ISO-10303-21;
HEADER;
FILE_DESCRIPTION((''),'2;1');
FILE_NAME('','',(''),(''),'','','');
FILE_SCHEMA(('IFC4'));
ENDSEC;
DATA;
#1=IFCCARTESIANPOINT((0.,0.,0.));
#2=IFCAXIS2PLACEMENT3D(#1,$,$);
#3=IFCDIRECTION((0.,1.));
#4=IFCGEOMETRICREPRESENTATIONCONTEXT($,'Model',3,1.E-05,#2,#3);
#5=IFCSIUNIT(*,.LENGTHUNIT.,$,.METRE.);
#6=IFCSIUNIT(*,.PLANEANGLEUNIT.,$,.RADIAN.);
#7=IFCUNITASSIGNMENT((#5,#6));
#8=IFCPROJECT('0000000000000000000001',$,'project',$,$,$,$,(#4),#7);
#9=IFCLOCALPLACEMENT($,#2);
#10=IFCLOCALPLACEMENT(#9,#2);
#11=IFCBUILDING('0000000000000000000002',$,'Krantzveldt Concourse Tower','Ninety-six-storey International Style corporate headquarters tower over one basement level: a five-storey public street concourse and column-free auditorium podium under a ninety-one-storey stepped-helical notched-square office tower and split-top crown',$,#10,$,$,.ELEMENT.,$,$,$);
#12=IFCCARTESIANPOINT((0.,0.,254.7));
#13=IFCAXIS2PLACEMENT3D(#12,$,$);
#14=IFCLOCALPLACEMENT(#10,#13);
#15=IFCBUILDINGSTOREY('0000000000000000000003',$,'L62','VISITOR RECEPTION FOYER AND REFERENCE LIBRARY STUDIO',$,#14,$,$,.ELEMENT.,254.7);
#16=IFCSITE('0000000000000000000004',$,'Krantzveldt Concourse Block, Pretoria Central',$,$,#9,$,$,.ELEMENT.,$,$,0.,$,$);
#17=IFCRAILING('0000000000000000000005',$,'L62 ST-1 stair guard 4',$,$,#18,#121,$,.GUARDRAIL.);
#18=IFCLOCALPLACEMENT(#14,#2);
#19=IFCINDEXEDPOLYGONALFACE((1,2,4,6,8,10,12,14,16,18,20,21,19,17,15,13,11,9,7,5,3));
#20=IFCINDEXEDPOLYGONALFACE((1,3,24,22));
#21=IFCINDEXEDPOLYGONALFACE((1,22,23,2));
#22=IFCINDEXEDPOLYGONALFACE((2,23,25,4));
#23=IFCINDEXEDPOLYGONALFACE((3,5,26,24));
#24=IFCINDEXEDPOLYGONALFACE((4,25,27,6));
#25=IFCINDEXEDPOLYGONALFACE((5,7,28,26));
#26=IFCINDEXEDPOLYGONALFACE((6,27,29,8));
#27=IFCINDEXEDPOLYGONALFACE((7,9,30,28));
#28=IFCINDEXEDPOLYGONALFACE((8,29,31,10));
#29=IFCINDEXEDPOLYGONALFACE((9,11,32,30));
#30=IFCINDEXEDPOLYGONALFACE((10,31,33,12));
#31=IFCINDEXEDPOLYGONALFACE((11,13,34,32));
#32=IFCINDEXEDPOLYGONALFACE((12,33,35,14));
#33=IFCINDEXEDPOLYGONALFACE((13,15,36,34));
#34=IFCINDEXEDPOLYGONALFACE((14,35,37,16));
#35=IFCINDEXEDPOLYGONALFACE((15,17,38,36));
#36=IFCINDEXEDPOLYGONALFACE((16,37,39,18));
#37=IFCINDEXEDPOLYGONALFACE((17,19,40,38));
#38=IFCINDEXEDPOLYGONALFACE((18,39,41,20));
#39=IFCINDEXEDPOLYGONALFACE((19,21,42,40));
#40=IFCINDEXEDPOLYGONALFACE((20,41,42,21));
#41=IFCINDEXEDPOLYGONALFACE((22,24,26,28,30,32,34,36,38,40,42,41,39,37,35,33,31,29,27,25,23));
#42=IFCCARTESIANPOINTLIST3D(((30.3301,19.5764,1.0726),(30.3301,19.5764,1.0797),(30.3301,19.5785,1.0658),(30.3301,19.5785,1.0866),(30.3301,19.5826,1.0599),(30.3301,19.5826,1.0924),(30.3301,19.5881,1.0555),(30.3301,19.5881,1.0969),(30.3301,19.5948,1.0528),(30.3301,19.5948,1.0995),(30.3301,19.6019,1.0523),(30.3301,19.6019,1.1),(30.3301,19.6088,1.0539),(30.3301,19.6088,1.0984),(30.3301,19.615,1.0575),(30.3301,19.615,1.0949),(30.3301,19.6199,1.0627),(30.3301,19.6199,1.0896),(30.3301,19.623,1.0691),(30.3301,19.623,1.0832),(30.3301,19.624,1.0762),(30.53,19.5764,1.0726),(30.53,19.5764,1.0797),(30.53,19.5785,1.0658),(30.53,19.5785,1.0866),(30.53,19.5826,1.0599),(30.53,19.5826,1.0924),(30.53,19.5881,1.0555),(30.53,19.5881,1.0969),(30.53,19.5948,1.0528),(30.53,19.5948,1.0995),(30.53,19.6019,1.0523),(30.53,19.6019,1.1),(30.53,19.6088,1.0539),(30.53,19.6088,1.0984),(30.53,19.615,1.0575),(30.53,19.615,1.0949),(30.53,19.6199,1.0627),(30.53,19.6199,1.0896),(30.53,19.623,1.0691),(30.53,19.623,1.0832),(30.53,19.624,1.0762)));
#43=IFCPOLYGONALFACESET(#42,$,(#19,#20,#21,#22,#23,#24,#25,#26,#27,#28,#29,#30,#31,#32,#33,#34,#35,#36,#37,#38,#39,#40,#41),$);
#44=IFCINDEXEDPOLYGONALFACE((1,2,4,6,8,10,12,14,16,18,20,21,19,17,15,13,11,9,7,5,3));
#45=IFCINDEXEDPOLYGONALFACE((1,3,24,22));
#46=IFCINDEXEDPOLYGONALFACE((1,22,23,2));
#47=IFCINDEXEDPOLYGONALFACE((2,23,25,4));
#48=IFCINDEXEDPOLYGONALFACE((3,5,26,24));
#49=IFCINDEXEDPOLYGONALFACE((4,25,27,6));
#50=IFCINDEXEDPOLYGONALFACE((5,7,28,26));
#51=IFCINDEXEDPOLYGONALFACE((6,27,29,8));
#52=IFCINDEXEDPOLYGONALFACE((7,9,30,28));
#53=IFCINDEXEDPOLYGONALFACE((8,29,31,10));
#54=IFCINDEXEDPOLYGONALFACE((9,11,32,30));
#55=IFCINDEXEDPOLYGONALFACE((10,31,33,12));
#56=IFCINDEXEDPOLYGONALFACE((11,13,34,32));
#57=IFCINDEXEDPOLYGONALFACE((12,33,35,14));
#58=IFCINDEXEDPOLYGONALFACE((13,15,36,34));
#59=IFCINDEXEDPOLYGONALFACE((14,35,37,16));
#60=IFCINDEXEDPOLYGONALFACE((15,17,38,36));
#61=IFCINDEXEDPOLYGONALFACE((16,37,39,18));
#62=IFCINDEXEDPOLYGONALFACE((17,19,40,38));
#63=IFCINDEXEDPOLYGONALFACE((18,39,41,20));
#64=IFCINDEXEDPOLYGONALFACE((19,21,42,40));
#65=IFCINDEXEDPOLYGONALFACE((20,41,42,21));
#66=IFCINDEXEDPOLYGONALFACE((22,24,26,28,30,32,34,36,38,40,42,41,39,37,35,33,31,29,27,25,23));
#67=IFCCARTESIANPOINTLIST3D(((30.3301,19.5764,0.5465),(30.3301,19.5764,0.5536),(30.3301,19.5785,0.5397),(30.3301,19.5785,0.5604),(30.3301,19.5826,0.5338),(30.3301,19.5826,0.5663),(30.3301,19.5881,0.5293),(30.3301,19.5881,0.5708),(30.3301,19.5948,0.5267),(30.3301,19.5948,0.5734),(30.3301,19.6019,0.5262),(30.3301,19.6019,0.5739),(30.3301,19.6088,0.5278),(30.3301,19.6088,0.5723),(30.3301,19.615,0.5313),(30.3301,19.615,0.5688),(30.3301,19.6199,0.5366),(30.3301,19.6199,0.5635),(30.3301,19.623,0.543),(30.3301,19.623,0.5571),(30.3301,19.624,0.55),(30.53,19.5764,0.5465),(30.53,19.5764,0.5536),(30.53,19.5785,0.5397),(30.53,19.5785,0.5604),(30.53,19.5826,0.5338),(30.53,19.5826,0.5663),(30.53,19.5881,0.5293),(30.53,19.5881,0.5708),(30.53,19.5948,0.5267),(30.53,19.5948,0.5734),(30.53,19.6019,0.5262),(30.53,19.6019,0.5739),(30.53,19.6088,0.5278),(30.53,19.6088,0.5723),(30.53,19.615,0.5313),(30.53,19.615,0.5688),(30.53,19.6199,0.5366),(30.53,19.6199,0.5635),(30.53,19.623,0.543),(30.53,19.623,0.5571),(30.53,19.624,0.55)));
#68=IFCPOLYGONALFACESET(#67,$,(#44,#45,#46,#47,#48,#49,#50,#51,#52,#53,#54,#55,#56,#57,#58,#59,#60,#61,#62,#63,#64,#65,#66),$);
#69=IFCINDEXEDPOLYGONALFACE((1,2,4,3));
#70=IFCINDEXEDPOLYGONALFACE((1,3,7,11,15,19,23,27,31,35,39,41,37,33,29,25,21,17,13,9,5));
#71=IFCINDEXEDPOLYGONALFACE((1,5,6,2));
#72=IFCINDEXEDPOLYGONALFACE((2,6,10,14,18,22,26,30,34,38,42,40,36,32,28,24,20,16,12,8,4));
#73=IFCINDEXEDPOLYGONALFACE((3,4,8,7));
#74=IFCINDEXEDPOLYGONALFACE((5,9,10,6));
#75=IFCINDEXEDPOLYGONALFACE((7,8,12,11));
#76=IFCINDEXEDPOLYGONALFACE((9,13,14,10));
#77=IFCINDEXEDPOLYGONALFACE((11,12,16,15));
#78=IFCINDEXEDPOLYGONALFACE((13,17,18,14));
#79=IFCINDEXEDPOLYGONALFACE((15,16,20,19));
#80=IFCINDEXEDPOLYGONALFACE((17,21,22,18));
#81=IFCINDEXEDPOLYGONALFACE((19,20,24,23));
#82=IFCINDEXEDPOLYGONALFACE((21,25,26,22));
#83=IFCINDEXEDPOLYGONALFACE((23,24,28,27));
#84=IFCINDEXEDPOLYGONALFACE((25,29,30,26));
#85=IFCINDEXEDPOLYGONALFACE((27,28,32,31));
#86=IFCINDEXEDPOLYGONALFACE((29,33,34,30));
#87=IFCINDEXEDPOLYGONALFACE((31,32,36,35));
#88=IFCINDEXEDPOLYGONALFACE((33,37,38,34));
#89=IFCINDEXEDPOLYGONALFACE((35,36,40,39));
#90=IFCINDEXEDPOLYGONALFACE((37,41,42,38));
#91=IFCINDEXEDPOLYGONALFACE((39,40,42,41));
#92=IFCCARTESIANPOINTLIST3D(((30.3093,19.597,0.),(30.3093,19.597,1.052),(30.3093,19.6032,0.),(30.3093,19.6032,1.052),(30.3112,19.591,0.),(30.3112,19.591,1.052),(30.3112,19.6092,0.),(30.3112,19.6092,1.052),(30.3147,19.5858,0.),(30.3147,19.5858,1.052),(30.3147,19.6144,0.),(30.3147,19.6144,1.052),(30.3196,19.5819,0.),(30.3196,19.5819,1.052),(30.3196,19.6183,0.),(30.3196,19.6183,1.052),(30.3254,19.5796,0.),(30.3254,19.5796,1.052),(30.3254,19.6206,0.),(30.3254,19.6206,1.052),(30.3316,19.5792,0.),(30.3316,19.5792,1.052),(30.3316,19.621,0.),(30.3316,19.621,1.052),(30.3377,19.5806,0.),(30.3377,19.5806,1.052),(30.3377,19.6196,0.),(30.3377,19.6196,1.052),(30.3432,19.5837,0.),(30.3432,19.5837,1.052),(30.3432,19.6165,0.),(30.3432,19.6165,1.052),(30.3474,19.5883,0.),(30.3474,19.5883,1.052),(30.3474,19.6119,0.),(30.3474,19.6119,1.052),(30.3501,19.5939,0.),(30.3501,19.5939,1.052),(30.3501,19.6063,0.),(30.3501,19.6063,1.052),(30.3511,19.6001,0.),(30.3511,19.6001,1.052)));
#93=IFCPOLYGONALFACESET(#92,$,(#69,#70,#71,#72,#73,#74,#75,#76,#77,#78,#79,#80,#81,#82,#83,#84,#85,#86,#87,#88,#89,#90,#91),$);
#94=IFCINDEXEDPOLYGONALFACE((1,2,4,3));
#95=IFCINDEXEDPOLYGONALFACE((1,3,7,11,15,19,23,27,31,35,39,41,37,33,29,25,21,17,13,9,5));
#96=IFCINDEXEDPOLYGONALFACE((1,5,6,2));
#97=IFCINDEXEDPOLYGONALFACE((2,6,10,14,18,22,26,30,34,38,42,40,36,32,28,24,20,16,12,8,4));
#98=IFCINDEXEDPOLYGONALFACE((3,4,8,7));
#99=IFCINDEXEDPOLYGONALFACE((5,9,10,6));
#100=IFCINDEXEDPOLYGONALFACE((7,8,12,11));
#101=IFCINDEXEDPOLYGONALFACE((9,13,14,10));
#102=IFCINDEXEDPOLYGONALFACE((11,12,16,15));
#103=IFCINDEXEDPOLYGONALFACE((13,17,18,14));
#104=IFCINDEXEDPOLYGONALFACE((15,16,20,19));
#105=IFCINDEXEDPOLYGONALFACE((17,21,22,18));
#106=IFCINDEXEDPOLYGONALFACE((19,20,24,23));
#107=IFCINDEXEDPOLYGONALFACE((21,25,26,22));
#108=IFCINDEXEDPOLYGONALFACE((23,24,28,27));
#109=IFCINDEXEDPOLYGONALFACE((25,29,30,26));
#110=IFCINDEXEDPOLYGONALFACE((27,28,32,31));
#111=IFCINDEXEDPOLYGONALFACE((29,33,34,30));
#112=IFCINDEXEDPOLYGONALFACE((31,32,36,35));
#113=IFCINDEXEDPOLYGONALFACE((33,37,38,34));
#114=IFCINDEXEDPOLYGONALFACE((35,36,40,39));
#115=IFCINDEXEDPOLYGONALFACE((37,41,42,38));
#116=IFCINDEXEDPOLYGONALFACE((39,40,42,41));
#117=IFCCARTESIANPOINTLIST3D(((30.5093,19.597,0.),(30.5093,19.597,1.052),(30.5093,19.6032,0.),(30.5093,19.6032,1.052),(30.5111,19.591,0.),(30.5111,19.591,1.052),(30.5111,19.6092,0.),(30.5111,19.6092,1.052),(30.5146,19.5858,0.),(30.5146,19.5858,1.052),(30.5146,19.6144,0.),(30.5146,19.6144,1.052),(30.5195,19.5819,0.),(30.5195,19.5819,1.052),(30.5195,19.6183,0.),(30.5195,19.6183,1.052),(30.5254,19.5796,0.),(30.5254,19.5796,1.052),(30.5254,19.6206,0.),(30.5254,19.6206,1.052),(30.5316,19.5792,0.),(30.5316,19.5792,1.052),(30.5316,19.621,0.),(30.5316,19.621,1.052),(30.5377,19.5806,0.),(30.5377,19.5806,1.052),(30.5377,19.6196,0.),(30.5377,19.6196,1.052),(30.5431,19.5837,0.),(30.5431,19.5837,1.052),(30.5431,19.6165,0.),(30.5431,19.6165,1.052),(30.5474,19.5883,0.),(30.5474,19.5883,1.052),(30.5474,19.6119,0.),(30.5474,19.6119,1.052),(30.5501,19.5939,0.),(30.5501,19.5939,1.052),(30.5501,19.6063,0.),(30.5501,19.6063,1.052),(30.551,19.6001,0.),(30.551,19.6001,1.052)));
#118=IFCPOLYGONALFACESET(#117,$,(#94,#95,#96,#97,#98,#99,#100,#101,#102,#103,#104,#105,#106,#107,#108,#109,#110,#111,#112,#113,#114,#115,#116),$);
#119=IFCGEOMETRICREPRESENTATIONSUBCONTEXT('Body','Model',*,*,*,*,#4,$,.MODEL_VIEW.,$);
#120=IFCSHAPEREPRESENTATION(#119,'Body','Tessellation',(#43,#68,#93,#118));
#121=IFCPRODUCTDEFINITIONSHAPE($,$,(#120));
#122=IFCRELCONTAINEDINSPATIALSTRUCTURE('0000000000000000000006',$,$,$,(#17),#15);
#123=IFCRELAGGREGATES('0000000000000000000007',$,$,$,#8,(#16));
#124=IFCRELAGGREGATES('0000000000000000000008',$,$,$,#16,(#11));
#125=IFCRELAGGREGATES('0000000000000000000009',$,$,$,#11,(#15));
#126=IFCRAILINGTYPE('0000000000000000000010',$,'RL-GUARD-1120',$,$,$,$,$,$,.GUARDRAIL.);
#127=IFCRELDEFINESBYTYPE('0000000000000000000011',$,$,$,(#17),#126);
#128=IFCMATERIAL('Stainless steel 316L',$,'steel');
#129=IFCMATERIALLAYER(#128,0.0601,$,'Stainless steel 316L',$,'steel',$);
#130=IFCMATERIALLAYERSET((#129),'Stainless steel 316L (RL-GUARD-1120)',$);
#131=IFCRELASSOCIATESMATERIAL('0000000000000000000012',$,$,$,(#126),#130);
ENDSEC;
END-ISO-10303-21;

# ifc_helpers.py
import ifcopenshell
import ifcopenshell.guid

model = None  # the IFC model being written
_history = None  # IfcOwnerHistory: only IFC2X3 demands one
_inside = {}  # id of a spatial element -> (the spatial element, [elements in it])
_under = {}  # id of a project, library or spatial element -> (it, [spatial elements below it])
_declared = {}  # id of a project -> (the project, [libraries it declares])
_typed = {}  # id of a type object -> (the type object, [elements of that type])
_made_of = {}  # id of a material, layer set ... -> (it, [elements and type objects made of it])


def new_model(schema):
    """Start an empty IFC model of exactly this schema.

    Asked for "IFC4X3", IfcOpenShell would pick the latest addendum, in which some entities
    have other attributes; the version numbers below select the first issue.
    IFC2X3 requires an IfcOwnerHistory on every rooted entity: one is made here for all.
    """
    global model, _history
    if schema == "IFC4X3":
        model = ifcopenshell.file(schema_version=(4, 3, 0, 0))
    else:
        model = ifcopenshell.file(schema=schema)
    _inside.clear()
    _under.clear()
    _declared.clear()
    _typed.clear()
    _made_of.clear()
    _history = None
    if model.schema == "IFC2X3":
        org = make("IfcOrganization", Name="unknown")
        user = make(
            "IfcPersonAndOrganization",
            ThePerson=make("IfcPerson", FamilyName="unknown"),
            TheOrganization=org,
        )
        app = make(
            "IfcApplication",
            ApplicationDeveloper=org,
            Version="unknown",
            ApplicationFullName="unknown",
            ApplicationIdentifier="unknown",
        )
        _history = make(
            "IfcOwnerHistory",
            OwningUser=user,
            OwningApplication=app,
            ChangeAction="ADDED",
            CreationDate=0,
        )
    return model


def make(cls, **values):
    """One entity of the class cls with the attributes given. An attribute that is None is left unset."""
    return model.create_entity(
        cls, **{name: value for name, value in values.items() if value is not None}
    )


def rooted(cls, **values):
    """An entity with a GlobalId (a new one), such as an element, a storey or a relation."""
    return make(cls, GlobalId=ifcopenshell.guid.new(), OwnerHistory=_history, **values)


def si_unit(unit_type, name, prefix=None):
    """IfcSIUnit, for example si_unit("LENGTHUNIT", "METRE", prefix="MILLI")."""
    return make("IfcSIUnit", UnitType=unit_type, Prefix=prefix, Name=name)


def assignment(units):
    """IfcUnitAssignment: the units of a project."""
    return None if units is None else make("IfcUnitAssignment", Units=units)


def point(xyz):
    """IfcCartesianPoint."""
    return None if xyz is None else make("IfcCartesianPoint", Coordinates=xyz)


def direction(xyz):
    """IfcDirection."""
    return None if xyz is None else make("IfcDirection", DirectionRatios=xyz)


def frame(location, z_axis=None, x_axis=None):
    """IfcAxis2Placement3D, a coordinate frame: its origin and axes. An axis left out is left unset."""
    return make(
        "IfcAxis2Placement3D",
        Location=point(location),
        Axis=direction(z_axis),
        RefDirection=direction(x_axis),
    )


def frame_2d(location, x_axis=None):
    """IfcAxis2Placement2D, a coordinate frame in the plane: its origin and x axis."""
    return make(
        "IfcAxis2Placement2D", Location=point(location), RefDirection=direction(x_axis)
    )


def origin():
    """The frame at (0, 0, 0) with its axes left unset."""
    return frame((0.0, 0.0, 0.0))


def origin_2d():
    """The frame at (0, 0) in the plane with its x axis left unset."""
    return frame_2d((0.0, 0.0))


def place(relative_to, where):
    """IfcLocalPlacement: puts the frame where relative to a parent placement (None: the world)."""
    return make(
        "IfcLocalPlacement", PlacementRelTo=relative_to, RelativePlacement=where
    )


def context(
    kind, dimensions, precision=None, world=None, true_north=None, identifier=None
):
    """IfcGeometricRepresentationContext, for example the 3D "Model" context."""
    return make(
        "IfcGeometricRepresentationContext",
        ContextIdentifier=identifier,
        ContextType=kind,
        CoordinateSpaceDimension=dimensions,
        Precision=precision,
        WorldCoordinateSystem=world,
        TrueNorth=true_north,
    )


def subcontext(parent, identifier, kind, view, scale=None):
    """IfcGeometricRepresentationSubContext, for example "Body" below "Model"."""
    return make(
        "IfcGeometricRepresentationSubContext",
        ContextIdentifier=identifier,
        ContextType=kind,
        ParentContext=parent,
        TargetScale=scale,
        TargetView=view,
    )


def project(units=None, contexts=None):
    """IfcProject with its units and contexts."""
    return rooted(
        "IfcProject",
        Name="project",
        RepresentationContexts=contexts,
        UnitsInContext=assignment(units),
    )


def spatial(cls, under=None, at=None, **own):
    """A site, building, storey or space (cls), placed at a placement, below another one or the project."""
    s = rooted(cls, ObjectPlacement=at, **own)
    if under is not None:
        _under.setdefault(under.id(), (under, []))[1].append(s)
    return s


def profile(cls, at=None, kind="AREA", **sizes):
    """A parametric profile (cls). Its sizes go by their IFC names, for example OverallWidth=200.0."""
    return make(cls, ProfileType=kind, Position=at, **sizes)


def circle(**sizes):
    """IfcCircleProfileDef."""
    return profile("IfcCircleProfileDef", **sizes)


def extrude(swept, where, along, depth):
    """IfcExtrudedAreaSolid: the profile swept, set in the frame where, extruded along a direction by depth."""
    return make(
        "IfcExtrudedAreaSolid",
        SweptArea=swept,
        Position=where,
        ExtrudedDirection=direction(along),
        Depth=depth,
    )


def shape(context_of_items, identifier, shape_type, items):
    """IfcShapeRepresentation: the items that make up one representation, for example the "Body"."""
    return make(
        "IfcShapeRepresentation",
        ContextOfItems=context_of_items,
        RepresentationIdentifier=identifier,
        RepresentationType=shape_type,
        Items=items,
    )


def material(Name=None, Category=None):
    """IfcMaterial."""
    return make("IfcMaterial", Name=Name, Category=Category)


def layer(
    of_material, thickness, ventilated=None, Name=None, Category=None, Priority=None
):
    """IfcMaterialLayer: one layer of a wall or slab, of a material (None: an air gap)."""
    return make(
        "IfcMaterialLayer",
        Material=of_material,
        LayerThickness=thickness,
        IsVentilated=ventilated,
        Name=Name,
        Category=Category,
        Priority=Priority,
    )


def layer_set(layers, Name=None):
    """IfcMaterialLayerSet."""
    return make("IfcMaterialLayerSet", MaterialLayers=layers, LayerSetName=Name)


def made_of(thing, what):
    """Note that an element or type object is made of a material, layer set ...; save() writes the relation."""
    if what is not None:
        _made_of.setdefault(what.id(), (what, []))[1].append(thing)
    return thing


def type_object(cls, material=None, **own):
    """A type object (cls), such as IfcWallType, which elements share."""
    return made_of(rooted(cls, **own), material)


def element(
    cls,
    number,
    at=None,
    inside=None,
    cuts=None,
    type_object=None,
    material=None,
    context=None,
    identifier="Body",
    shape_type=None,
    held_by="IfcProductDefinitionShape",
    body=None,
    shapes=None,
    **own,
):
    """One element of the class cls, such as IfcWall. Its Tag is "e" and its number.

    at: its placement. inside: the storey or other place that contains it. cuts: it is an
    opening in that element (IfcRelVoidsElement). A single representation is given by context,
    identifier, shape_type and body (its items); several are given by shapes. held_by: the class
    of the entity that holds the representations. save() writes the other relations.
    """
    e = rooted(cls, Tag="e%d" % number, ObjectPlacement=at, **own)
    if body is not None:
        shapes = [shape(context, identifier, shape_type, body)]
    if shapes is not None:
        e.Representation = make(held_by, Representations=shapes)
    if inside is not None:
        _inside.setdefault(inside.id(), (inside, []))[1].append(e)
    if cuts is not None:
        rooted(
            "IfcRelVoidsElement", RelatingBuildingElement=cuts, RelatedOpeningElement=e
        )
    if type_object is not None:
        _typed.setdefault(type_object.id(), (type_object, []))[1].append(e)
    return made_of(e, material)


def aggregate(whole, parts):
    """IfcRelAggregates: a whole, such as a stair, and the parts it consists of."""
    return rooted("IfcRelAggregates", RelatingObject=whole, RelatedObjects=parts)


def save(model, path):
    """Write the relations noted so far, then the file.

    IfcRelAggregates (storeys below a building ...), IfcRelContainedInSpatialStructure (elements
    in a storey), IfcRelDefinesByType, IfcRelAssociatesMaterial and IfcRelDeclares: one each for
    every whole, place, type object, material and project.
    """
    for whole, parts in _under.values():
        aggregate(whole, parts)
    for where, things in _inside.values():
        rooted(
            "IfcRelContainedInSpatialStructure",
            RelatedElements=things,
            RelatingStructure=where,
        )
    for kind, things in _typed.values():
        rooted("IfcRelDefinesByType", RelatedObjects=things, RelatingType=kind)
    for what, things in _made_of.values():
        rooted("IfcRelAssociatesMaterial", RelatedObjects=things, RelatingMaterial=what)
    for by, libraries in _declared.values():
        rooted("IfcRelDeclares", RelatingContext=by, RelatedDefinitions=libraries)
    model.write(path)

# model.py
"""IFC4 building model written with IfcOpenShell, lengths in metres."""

from ifc_helpers import new_model, si_unit, direction, frame, origin, origin_2d, place, context, subcontext, project, spatial, circle, extrude, material, layer, layer_set, type_object, element, save


model = new_model("IFC4")

# Units and contexts
model_context = context("Model", 3, precision=1e-05, world=origin(), true_north=direction((0.0, 1.0)))
body_context = subcontext(model_context, "Body", "Model", "MODEL_VIEW")
ifc_project = project(units=[si_unit("LENGTHUNIT", "METRE"), si_unit("PLANEANGLEUNIT", "RADIAN")], contexts=[model_context])

# Site, building, storey
site_placement = place(None, origin())
site = spatial("IfcSite", under=ifc_project, at=site_placement, Name="Krantzveldt Concourse Block, Pretoria Central", CompositionType="ELEMENT", RefElevation=0.0)
building_placement = place(site_placement, origin())
building = spatial("IfcBuilding", under=site, at=building_placement, Name="Krantzveldt Concourse Tower", Description="Ninety-six-storey International Style corporate headquarters tower over one basement level: a five-storey public street concourse and column-free auditorium podium under a ninety-one-storey stepped-helical notched-square office tower and split-top crown", CompositionType="ELEMENT")
storey_placement = place(building_placement, frame((0.0, 0.0, 254.7)))
storey = spatial("IfcBuildingStorey", under=building, at=storey_placement, Name="L62", Description="VISITOR RECEPTION FOYER AND REFERENCE LIBRARY STUDIO", CompositionType="ELEMENT", Elevation=254.7)

# Railing
ifc_material_1 = material(Name="Stainless steel 316L", Category="steel")
ifc_layer_1 = layer(ifc_material_1, 0.0601, Name="Stainless steel 316L", Category="steel")
ifc_layer_set_1 = layer_set([ifc_layer_1], Name="Stainless steel 316L (RL-GUARD-1120)")
railing_type_1 = type_object("IfcRailingType", Name="RL-GUARD-1120", PredefinedType="GUARDRAIL", material=ifc_layer_set_1)
railing_1_placement = place(storey_placement, frame((30.3301, 19.6001, 0.0)))
element("IfcRailing", 1, at=railing_1_placement, inside=storey, type_object=railing_type_1, Name="L62 ST-1 stair guard 4", PredefinedType="GUARDRAIL", context=body_context, shape_type="SweptSolid", body=[
    extrude(circle(Radius=0.0239, at=origin_2d()), frame((0.0, 0.0, 1.0762), z_axis=(1.0, 0.0, 0.0), x_axis=(0.0, 1.0, 0.0)), (0.0, 0.0, 1.0), 0.2),
    extrude(circle(Radius=0.0239, at=origin_2d()), frame((0.0, 0.0, 0.55), z_axis=(1.0, 0.0, 0.0), x_axis=(0.0, 1.0, 0.0)), (0.0, 0.0, 1.0), 0.2),
    extrude(circle(Radius=0.021, at=origin_2d()), origin(), (0.0, 0.0, 1.0), 1.052),
    extrude(circle(Radius=0.021, at=origin_2d()), frame((0.2, 0.0, 0.0)), (0.0, 0.0, 1.0), 1.052),
])

save(model, "model.ifc")
